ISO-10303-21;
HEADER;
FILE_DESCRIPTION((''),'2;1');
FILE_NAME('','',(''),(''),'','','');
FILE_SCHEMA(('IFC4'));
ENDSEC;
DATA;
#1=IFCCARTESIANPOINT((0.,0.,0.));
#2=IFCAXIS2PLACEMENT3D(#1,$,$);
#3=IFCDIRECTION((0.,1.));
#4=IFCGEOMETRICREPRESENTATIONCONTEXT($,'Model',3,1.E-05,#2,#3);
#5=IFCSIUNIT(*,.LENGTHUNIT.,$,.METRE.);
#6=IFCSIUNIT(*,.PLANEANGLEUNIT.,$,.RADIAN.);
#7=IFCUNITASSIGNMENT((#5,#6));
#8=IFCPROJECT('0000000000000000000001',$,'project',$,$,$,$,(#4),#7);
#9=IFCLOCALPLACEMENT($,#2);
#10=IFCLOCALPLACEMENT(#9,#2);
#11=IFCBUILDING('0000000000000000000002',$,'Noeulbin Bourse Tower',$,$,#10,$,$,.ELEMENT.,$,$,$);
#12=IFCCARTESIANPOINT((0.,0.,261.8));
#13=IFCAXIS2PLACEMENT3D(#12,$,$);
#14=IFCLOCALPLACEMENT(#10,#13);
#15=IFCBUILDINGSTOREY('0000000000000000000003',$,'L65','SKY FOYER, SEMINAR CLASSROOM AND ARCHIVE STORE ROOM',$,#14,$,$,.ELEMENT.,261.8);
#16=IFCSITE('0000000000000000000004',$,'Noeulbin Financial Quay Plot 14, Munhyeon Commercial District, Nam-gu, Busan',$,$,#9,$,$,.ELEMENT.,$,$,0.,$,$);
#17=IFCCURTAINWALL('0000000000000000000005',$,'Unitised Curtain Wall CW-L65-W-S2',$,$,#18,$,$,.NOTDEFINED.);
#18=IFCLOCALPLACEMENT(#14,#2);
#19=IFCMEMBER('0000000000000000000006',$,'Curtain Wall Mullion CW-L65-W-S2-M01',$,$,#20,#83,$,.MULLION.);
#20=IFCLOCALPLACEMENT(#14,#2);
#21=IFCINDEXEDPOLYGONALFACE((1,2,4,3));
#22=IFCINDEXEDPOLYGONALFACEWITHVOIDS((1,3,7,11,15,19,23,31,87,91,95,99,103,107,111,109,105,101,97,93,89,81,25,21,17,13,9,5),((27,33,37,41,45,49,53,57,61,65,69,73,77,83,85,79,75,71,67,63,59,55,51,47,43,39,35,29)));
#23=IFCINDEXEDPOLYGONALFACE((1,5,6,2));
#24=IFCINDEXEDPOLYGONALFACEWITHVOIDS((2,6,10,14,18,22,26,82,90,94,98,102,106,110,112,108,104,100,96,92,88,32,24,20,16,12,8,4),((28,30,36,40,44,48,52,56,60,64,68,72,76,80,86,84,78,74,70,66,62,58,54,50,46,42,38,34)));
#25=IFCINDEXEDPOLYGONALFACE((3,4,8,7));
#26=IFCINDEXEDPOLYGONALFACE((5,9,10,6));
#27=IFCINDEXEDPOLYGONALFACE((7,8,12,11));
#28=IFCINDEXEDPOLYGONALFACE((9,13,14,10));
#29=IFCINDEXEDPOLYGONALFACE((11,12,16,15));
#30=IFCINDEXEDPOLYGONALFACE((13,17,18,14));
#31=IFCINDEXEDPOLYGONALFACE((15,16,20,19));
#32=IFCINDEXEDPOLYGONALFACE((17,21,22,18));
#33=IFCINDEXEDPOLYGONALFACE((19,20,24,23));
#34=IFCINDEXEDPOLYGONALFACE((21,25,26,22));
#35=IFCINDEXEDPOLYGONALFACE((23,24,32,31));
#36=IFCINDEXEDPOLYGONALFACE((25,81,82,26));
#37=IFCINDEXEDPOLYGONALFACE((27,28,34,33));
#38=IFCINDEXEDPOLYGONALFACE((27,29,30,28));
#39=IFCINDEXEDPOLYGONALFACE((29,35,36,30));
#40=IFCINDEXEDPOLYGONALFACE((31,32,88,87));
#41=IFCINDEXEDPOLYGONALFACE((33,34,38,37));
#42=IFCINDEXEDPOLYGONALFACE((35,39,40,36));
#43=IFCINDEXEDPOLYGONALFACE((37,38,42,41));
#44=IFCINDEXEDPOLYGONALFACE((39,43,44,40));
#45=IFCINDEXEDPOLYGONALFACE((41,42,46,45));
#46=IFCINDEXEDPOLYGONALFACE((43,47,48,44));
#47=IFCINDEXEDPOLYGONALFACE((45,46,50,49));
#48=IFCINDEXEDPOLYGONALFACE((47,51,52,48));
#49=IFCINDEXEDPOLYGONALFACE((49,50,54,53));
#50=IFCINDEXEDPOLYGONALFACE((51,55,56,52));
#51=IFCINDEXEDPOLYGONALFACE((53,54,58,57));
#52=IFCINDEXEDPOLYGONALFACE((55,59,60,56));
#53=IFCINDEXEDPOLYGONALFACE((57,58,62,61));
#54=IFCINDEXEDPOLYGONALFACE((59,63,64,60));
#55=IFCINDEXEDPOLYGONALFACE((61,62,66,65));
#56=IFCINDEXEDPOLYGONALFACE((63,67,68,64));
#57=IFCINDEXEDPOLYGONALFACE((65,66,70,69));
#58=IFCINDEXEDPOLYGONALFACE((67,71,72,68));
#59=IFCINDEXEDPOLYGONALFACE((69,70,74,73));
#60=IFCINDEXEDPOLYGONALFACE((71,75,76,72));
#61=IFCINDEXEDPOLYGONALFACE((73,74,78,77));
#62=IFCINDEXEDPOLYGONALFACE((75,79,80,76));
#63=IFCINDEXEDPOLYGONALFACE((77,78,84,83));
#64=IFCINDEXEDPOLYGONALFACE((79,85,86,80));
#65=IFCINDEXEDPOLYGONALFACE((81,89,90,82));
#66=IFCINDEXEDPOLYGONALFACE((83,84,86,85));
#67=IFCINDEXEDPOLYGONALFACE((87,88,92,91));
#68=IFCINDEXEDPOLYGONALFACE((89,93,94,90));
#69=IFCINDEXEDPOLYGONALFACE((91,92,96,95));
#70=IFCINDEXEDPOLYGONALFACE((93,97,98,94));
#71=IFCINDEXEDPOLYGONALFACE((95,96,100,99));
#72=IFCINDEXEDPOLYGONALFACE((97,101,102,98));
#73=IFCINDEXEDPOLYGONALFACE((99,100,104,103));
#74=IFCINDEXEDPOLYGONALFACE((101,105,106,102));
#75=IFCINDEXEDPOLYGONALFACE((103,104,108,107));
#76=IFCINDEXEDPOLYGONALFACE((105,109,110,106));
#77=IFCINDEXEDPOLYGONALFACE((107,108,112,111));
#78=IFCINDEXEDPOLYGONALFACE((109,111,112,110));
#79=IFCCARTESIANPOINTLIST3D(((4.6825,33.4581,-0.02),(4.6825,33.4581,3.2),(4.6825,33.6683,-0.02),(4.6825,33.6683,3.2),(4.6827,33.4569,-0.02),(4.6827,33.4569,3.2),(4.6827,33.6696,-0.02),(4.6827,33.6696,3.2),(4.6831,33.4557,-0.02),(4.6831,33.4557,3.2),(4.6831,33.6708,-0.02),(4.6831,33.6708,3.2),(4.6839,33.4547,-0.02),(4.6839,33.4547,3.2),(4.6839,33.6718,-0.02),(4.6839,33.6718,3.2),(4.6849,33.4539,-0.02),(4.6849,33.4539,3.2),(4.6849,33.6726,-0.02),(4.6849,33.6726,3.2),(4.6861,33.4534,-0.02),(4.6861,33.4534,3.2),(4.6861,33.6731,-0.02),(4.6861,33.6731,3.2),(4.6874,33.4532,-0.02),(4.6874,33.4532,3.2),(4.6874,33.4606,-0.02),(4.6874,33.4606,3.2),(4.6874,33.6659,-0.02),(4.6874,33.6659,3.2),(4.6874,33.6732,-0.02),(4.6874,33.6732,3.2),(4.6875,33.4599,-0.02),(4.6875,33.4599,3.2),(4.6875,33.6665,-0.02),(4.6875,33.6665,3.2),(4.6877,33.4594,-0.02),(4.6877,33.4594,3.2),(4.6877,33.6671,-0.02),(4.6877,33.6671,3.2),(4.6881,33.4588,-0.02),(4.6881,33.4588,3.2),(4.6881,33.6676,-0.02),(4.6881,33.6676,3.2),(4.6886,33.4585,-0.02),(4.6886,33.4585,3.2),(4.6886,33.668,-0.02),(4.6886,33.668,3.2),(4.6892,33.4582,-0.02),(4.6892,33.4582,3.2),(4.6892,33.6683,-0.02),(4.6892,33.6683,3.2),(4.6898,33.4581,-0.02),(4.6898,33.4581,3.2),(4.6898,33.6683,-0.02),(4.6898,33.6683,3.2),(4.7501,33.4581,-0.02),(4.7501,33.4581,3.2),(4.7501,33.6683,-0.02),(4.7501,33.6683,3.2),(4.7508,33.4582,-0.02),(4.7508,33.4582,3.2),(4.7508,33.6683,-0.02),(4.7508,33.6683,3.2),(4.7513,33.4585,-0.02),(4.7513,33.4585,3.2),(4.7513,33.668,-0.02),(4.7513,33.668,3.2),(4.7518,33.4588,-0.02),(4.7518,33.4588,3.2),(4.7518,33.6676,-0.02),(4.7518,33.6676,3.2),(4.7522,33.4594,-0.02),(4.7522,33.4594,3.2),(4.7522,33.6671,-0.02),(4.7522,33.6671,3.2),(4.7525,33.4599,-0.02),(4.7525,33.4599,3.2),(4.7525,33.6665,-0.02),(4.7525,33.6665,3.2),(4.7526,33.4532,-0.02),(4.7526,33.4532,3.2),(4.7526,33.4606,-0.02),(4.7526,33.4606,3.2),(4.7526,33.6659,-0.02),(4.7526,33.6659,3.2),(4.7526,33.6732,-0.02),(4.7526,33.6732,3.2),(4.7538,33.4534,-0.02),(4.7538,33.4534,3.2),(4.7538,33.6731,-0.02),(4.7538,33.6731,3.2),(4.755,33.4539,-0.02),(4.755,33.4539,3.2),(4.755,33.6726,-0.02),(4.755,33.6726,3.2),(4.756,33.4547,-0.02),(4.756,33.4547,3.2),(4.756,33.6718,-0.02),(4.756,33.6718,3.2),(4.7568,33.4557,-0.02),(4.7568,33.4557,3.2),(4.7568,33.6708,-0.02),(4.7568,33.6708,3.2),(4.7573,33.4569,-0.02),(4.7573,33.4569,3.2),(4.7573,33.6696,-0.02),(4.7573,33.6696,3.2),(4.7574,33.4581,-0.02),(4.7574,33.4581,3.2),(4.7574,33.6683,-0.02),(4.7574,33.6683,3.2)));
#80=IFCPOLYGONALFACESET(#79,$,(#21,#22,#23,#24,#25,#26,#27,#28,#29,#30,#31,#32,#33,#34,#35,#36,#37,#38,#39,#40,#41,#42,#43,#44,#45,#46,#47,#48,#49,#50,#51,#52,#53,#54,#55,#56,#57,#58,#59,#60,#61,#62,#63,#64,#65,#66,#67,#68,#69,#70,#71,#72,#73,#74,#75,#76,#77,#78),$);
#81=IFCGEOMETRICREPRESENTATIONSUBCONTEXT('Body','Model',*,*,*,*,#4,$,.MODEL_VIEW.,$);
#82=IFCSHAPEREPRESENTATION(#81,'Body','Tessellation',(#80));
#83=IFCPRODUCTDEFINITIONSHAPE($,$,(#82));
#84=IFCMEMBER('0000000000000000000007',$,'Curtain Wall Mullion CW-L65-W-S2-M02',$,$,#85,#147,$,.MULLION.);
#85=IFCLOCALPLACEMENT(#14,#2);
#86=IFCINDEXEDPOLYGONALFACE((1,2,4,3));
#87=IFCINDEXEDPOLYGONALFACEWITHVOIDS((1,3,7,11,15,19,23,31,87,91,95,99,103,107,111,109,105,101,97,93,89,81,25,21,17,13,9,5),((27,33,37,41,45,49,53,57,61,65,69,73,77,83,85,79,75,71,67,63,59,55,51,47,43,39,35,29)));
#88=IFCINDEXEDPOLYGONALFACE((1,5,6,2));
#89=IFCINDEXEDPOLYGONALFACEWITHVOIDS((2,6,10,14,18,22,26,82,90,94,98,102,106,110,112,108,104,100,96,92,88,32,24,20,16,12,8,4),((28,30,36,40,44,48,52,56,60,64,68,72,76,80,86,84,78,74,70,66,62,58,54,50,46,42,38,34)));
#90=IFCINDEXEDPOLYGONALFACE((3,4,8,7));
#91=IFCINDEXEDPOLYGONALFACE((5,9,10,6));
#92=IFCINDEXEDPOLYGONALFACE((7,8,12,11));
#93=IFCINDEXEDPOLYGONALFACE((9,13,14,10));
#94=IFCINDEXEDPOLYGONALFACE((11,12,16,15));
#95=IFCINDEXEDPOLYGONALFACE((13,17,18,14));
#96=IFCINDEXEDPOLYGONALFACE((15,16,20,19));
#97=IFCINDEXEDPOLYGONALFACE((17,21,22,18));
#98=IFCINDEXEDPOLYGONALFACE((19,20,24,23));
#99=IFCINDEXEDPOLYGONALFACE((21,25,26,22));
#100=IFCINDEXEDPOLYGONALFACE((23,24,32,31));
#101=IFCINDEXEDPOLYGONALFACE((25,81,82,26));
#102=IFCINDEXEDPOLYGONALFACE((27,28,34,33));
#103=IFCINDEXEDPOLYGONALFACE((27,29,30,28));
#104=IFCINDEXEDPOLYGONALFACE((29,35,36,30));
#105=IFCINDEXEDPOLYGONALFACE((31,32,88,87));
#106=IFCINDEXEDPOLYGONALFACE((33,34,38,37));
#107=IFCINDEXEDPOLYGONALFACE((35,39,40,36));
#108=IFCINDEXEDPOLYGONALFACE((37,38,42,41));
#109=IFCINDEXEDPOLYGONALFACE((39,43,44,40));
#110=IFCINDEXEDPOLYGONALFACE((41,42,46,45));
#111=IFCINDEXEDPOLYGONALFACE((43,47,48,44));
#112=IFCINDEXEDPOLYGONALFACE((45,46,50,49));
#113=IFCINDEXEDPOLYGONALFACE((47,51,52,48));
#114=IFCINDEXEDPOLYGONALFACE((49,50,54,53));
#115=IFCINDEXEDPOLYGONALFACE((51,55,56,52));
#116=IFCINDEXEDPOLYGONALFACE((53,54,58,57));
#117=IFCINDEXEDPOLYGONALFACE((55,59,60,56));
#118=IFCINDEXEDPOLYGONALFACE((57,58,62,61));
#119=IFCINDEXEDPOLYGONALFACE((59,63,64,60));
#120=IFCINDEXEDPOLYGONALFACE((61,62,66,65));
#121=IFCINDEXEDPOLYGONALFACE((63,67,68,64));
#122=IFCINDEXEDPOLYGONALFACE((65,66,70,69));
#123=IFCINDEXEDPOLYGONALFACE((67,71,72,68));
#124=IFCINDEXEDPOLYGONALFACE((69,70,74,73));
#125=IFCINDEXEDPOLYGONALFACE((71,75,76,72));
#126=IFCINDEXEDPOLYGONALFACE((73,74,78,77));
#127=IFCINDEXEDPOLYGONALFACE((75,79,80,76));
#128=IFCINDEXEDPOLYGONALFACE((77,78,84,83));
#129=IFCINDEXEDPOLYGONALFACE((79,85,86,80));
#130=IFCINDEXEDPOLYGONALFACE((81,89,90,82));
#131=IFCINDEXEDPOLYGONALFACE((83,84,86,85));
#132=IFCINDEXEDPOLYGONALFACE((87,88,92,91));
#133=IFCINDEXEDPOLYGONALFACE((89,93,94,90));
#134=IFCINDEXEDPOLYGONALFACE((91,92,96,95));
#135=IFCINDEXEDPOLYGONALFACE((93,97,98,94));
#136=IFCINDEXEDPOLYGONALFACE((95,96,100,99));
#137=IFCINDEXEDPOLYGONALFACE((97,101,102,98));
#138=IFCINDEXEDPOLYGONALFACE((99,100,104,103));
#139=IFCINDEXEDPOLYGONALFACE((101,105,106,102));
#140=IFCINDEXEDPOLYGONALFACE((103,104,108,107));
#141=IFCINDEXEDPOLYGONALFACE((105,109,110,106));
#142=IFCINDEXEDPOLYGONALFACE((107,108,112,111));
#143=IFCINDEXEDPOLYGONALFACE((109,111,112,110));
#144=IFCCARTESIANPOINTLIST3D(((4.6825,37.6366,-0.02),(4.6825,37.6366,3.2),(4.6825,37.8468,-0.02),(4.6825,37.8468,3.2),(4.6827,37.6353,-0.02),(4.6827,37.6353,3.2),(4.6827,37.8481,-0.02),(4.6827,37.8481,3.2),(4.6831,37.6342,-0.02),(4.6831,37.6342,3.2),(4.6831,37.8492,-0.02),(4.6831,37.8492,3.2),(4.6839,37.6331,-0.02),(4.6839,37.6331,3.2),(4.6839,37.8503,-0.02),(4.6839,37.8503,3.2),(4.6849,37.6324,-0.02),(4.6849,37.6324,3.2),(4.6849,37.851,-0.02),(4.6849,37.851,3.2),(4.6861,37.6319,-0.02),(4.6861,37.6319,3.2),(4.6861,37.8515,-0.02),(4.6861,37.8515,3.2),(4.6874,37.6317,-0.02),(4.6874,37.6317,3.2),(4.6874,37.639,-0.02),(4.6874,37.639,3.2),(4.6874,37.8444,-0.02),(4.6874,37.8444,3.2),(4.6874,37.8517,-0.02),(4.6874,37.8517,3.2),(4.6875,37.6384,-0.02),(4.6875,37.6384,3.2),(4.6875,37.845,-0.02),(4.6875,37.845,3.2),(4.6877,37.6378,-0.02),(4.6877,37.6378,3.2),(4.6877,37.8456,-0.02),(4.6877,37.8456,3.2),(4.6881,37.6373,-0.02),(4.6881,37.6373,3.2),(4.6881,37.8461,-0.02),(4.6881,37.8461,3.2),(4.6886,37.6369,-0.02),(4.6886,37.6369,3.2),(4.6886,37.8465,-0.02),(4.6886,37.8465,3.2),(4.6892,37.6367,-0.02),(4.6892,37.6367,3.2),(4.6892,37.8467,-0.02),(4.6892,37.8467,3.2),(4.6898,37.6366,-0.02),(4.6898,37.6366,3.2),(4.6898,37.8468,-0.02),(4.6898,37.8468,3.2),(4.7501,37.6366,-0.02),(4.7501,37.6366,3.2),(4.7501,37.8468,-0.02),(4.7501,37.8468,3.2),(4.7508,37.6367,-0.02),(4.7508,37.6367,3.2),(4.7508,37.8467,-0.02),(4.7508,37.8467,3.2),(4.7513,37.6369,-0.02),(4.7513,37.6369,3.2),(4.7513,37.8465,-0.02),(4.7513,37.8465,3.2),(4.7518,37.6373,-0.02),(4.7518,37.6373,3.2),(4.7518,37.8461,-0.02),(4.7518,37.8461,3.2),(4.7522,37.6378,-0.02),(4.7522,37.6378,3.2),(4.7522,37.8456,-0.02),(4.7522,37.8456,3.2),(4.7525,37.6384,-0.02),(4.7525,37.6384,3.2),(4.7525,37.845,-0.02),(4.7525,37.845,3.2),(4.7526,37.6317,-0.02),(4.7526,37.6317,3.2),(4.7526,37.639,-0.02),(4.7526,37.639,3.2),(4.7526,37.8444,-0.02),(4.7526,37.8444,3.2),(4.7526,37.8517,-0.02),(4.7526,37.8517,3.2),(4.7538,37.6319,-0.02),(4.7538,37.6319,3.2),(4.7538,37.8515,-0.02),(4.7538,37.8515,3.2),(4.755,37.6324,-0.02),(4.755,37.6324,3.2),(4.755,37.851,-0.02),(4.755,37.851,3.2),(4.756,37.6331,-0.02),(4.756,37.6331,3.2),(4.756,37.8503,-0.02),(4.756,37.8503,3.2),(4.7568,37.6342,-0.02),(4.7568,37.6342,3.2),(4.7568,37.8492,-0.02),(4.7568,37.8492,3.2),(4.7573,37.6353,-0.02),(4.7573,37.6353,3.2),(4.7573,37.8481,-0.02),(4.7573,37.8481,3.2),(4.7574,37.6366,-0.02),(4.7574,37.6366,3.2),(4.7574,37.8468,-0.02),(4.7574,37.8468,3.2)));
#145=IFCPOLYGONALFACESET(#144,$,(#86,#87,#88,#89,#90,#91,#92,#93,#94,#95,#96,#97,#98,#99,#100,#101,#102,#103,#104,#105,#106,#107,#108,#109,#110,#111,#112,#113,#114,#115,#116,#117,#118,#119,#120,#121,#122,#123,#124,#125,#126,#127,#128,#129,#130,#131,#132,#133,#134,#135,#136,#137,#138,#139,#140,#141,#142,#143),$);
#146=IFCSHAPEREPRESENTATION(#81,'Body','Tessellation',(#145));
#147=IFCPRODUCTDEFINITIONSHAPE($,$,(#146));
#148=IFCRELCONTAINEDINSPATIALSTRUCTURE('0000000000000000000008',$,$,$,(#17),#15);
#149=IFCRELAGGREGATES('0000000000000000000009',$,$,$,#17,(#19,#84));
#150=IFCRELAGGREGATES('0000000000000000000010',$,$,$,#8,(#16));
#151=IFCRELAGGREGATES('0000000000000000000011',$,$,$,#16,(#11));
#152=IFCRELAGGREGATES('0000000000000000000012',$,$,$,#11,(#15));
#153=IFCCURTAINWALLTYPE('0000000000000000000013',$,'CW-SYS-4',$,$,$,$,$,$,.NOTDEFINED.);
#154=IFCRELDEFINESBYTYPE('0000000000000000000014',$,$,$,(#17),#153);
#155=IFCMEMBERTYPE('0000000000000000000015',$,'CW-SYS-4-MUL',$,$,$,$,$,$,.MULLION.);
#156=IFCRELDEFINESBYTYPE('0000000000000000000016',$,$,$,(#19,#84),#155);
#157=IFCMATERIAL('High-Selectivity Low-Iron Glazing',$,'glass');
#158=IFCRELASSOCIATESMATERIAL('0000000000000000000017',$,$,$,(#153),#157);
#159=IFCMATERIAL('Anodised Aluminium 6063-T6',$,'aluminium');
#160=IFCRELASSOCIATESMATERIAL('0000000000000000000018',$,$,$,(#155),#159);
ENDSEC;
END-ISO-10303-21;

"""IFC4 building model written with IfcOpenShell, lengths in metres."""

from ifc_helpers import new_model, si_unit, direction, frame, origin, origin_2d, place, context, subcontext, project, spatial, hollow_rectangle, extrude, material, material_profile, profile_set, type_object, element, aggregate, save


model = new_model("IFC4")

# Units and contexts
model_context = context("Model", 3, precision=1e-05, world=origin(), true_north=direction((0.0, 1.0)))
body_context = subcontext(model_context, "Body", "Model", "MODEL_VIEW")
ifc_project = project(units=[si_unit("LENGTHUNIT", "METRE"), si_unit("PLANEANGLEUNIT", "RADIAN")], contexts=[model_context])

# Site, building, storey
site_placement = place(None, origin())
site = spatial("IfcSite", under=ifc_project, at=site_placement, Name="Noeulbin Financial Quay Plot 14, Munhyeon Commercial District, Nam-gu, Busan", CompositionType="ELEMENT", RefElevation=0.0)
building_placement = place(site_placement, origin())
building = spatial("IfcBuilding", under=site, at=building_placement, Name="Noeulbin Bourse Tower", CompositionType="ELEMENT")
storey_placement = place(building_placement, frame((0.0, 0.0, 261.8)))
storey = spatial("IfcBuildingStorey", under=building, at=storey_placement, Name="L65", Description="SKY FOYER, SEMINAR CLASSROOM AND ARCHIVE STORE ROOM", CompositionType="ELEMENT", Elevation=261.8)

# Curtain wall, members
ifc_material_1 = material(Name="High-Selectivity Low-Iron Glazing", Category="glass")
curtain_wall_type = type_object("IfcCurtainWallType", Name="CW-SYS-4", PredefinedType="NOTDEFINED", material=ifc_material_1)
curtain_wall_placement = place(storey_placement, origin())
curtain_wall = element("IfcCurtainWall", 1, at=curtain_wall_placement, inside=storey, type_object=curtain_wall_type, Name="Unitised Curtain Wall CW-L65-W-S2", PredefinedType="NOTDEFINED")
ifc_material_2 = material(Name="Anodised Aluminium 6063-T6", Category="aluminium")
ifc_material_profile_1 = material_profile(ifc_material_2, hollow_rectangle(XDim=0.075, YDim=0.22, WallThickness=0.0049, InnerFilletRadius=0.0024, OuterFilletRadius=0.0049, at=origin_2d()), Name="ALU-MULL-75x220x5", Category="LoadBearing")
ifc_profile_set_1 = profile_set([ifc_material_profile_1], Name="Anodised Aluminium 6063-T6")
member_type_1 = type_object("IfcMemberType", Name="CW-SYS-4-MUL", PredefinedType="MULLION", material=ifc_profile_set_1)
member_1_placement = place(storey_placement, frame((4.72, 33.5632, -0.02), z_axis=(0.0, 0.0, 1.0), x_axis=(1.0, 0.0, 0.0)))
member_1 = element("IfcMember", 2, at=member_1_placement, type_object=member_type_1, Name="Curtain Wall Mullion CW-L65-W-S2-M01", PredefinedType="MULLION", context=body_context, shape_type="SweptSolid", body=[
    extrude(hollow_rectangle(XDim=0.075, YDim=0.22, WallThickness=0.0049, InnerFilletRadius=0.0024, OuterFilletRadius=0.0049, at=origin_2d()), origin(), (0.0, 0.0, 1.0), 3.22),
])
member_2_placement = place(storey_placement, frame((4.72, 37.7417, -0.02), z_axis=(0.0, 0.0, 1.0), x_axis=(1.0, 0.0, 0.0)))
member_2 = element("IfcMember", 3, at=member_2_placement, type_object=member_type_1, Name="Curtain Wall Mullion CW-L65-W-S2-M02", PredefinedType="MULLION", context=body_context, shape_type="SweptSolid", body=[
    extrude(hollow_rectangle(XDim=0.075, YDim=0.22, WallThickness=0.0049, InnerFilletRadius=0.0024, OuterFilletRadius=0.0049, at=origin_2d()), origin(), (0.0, 0.0, 1.0), 3.22),
])
aggregate(curtain_wall, [member_1, member_2])

save(model, "model.ifc")
